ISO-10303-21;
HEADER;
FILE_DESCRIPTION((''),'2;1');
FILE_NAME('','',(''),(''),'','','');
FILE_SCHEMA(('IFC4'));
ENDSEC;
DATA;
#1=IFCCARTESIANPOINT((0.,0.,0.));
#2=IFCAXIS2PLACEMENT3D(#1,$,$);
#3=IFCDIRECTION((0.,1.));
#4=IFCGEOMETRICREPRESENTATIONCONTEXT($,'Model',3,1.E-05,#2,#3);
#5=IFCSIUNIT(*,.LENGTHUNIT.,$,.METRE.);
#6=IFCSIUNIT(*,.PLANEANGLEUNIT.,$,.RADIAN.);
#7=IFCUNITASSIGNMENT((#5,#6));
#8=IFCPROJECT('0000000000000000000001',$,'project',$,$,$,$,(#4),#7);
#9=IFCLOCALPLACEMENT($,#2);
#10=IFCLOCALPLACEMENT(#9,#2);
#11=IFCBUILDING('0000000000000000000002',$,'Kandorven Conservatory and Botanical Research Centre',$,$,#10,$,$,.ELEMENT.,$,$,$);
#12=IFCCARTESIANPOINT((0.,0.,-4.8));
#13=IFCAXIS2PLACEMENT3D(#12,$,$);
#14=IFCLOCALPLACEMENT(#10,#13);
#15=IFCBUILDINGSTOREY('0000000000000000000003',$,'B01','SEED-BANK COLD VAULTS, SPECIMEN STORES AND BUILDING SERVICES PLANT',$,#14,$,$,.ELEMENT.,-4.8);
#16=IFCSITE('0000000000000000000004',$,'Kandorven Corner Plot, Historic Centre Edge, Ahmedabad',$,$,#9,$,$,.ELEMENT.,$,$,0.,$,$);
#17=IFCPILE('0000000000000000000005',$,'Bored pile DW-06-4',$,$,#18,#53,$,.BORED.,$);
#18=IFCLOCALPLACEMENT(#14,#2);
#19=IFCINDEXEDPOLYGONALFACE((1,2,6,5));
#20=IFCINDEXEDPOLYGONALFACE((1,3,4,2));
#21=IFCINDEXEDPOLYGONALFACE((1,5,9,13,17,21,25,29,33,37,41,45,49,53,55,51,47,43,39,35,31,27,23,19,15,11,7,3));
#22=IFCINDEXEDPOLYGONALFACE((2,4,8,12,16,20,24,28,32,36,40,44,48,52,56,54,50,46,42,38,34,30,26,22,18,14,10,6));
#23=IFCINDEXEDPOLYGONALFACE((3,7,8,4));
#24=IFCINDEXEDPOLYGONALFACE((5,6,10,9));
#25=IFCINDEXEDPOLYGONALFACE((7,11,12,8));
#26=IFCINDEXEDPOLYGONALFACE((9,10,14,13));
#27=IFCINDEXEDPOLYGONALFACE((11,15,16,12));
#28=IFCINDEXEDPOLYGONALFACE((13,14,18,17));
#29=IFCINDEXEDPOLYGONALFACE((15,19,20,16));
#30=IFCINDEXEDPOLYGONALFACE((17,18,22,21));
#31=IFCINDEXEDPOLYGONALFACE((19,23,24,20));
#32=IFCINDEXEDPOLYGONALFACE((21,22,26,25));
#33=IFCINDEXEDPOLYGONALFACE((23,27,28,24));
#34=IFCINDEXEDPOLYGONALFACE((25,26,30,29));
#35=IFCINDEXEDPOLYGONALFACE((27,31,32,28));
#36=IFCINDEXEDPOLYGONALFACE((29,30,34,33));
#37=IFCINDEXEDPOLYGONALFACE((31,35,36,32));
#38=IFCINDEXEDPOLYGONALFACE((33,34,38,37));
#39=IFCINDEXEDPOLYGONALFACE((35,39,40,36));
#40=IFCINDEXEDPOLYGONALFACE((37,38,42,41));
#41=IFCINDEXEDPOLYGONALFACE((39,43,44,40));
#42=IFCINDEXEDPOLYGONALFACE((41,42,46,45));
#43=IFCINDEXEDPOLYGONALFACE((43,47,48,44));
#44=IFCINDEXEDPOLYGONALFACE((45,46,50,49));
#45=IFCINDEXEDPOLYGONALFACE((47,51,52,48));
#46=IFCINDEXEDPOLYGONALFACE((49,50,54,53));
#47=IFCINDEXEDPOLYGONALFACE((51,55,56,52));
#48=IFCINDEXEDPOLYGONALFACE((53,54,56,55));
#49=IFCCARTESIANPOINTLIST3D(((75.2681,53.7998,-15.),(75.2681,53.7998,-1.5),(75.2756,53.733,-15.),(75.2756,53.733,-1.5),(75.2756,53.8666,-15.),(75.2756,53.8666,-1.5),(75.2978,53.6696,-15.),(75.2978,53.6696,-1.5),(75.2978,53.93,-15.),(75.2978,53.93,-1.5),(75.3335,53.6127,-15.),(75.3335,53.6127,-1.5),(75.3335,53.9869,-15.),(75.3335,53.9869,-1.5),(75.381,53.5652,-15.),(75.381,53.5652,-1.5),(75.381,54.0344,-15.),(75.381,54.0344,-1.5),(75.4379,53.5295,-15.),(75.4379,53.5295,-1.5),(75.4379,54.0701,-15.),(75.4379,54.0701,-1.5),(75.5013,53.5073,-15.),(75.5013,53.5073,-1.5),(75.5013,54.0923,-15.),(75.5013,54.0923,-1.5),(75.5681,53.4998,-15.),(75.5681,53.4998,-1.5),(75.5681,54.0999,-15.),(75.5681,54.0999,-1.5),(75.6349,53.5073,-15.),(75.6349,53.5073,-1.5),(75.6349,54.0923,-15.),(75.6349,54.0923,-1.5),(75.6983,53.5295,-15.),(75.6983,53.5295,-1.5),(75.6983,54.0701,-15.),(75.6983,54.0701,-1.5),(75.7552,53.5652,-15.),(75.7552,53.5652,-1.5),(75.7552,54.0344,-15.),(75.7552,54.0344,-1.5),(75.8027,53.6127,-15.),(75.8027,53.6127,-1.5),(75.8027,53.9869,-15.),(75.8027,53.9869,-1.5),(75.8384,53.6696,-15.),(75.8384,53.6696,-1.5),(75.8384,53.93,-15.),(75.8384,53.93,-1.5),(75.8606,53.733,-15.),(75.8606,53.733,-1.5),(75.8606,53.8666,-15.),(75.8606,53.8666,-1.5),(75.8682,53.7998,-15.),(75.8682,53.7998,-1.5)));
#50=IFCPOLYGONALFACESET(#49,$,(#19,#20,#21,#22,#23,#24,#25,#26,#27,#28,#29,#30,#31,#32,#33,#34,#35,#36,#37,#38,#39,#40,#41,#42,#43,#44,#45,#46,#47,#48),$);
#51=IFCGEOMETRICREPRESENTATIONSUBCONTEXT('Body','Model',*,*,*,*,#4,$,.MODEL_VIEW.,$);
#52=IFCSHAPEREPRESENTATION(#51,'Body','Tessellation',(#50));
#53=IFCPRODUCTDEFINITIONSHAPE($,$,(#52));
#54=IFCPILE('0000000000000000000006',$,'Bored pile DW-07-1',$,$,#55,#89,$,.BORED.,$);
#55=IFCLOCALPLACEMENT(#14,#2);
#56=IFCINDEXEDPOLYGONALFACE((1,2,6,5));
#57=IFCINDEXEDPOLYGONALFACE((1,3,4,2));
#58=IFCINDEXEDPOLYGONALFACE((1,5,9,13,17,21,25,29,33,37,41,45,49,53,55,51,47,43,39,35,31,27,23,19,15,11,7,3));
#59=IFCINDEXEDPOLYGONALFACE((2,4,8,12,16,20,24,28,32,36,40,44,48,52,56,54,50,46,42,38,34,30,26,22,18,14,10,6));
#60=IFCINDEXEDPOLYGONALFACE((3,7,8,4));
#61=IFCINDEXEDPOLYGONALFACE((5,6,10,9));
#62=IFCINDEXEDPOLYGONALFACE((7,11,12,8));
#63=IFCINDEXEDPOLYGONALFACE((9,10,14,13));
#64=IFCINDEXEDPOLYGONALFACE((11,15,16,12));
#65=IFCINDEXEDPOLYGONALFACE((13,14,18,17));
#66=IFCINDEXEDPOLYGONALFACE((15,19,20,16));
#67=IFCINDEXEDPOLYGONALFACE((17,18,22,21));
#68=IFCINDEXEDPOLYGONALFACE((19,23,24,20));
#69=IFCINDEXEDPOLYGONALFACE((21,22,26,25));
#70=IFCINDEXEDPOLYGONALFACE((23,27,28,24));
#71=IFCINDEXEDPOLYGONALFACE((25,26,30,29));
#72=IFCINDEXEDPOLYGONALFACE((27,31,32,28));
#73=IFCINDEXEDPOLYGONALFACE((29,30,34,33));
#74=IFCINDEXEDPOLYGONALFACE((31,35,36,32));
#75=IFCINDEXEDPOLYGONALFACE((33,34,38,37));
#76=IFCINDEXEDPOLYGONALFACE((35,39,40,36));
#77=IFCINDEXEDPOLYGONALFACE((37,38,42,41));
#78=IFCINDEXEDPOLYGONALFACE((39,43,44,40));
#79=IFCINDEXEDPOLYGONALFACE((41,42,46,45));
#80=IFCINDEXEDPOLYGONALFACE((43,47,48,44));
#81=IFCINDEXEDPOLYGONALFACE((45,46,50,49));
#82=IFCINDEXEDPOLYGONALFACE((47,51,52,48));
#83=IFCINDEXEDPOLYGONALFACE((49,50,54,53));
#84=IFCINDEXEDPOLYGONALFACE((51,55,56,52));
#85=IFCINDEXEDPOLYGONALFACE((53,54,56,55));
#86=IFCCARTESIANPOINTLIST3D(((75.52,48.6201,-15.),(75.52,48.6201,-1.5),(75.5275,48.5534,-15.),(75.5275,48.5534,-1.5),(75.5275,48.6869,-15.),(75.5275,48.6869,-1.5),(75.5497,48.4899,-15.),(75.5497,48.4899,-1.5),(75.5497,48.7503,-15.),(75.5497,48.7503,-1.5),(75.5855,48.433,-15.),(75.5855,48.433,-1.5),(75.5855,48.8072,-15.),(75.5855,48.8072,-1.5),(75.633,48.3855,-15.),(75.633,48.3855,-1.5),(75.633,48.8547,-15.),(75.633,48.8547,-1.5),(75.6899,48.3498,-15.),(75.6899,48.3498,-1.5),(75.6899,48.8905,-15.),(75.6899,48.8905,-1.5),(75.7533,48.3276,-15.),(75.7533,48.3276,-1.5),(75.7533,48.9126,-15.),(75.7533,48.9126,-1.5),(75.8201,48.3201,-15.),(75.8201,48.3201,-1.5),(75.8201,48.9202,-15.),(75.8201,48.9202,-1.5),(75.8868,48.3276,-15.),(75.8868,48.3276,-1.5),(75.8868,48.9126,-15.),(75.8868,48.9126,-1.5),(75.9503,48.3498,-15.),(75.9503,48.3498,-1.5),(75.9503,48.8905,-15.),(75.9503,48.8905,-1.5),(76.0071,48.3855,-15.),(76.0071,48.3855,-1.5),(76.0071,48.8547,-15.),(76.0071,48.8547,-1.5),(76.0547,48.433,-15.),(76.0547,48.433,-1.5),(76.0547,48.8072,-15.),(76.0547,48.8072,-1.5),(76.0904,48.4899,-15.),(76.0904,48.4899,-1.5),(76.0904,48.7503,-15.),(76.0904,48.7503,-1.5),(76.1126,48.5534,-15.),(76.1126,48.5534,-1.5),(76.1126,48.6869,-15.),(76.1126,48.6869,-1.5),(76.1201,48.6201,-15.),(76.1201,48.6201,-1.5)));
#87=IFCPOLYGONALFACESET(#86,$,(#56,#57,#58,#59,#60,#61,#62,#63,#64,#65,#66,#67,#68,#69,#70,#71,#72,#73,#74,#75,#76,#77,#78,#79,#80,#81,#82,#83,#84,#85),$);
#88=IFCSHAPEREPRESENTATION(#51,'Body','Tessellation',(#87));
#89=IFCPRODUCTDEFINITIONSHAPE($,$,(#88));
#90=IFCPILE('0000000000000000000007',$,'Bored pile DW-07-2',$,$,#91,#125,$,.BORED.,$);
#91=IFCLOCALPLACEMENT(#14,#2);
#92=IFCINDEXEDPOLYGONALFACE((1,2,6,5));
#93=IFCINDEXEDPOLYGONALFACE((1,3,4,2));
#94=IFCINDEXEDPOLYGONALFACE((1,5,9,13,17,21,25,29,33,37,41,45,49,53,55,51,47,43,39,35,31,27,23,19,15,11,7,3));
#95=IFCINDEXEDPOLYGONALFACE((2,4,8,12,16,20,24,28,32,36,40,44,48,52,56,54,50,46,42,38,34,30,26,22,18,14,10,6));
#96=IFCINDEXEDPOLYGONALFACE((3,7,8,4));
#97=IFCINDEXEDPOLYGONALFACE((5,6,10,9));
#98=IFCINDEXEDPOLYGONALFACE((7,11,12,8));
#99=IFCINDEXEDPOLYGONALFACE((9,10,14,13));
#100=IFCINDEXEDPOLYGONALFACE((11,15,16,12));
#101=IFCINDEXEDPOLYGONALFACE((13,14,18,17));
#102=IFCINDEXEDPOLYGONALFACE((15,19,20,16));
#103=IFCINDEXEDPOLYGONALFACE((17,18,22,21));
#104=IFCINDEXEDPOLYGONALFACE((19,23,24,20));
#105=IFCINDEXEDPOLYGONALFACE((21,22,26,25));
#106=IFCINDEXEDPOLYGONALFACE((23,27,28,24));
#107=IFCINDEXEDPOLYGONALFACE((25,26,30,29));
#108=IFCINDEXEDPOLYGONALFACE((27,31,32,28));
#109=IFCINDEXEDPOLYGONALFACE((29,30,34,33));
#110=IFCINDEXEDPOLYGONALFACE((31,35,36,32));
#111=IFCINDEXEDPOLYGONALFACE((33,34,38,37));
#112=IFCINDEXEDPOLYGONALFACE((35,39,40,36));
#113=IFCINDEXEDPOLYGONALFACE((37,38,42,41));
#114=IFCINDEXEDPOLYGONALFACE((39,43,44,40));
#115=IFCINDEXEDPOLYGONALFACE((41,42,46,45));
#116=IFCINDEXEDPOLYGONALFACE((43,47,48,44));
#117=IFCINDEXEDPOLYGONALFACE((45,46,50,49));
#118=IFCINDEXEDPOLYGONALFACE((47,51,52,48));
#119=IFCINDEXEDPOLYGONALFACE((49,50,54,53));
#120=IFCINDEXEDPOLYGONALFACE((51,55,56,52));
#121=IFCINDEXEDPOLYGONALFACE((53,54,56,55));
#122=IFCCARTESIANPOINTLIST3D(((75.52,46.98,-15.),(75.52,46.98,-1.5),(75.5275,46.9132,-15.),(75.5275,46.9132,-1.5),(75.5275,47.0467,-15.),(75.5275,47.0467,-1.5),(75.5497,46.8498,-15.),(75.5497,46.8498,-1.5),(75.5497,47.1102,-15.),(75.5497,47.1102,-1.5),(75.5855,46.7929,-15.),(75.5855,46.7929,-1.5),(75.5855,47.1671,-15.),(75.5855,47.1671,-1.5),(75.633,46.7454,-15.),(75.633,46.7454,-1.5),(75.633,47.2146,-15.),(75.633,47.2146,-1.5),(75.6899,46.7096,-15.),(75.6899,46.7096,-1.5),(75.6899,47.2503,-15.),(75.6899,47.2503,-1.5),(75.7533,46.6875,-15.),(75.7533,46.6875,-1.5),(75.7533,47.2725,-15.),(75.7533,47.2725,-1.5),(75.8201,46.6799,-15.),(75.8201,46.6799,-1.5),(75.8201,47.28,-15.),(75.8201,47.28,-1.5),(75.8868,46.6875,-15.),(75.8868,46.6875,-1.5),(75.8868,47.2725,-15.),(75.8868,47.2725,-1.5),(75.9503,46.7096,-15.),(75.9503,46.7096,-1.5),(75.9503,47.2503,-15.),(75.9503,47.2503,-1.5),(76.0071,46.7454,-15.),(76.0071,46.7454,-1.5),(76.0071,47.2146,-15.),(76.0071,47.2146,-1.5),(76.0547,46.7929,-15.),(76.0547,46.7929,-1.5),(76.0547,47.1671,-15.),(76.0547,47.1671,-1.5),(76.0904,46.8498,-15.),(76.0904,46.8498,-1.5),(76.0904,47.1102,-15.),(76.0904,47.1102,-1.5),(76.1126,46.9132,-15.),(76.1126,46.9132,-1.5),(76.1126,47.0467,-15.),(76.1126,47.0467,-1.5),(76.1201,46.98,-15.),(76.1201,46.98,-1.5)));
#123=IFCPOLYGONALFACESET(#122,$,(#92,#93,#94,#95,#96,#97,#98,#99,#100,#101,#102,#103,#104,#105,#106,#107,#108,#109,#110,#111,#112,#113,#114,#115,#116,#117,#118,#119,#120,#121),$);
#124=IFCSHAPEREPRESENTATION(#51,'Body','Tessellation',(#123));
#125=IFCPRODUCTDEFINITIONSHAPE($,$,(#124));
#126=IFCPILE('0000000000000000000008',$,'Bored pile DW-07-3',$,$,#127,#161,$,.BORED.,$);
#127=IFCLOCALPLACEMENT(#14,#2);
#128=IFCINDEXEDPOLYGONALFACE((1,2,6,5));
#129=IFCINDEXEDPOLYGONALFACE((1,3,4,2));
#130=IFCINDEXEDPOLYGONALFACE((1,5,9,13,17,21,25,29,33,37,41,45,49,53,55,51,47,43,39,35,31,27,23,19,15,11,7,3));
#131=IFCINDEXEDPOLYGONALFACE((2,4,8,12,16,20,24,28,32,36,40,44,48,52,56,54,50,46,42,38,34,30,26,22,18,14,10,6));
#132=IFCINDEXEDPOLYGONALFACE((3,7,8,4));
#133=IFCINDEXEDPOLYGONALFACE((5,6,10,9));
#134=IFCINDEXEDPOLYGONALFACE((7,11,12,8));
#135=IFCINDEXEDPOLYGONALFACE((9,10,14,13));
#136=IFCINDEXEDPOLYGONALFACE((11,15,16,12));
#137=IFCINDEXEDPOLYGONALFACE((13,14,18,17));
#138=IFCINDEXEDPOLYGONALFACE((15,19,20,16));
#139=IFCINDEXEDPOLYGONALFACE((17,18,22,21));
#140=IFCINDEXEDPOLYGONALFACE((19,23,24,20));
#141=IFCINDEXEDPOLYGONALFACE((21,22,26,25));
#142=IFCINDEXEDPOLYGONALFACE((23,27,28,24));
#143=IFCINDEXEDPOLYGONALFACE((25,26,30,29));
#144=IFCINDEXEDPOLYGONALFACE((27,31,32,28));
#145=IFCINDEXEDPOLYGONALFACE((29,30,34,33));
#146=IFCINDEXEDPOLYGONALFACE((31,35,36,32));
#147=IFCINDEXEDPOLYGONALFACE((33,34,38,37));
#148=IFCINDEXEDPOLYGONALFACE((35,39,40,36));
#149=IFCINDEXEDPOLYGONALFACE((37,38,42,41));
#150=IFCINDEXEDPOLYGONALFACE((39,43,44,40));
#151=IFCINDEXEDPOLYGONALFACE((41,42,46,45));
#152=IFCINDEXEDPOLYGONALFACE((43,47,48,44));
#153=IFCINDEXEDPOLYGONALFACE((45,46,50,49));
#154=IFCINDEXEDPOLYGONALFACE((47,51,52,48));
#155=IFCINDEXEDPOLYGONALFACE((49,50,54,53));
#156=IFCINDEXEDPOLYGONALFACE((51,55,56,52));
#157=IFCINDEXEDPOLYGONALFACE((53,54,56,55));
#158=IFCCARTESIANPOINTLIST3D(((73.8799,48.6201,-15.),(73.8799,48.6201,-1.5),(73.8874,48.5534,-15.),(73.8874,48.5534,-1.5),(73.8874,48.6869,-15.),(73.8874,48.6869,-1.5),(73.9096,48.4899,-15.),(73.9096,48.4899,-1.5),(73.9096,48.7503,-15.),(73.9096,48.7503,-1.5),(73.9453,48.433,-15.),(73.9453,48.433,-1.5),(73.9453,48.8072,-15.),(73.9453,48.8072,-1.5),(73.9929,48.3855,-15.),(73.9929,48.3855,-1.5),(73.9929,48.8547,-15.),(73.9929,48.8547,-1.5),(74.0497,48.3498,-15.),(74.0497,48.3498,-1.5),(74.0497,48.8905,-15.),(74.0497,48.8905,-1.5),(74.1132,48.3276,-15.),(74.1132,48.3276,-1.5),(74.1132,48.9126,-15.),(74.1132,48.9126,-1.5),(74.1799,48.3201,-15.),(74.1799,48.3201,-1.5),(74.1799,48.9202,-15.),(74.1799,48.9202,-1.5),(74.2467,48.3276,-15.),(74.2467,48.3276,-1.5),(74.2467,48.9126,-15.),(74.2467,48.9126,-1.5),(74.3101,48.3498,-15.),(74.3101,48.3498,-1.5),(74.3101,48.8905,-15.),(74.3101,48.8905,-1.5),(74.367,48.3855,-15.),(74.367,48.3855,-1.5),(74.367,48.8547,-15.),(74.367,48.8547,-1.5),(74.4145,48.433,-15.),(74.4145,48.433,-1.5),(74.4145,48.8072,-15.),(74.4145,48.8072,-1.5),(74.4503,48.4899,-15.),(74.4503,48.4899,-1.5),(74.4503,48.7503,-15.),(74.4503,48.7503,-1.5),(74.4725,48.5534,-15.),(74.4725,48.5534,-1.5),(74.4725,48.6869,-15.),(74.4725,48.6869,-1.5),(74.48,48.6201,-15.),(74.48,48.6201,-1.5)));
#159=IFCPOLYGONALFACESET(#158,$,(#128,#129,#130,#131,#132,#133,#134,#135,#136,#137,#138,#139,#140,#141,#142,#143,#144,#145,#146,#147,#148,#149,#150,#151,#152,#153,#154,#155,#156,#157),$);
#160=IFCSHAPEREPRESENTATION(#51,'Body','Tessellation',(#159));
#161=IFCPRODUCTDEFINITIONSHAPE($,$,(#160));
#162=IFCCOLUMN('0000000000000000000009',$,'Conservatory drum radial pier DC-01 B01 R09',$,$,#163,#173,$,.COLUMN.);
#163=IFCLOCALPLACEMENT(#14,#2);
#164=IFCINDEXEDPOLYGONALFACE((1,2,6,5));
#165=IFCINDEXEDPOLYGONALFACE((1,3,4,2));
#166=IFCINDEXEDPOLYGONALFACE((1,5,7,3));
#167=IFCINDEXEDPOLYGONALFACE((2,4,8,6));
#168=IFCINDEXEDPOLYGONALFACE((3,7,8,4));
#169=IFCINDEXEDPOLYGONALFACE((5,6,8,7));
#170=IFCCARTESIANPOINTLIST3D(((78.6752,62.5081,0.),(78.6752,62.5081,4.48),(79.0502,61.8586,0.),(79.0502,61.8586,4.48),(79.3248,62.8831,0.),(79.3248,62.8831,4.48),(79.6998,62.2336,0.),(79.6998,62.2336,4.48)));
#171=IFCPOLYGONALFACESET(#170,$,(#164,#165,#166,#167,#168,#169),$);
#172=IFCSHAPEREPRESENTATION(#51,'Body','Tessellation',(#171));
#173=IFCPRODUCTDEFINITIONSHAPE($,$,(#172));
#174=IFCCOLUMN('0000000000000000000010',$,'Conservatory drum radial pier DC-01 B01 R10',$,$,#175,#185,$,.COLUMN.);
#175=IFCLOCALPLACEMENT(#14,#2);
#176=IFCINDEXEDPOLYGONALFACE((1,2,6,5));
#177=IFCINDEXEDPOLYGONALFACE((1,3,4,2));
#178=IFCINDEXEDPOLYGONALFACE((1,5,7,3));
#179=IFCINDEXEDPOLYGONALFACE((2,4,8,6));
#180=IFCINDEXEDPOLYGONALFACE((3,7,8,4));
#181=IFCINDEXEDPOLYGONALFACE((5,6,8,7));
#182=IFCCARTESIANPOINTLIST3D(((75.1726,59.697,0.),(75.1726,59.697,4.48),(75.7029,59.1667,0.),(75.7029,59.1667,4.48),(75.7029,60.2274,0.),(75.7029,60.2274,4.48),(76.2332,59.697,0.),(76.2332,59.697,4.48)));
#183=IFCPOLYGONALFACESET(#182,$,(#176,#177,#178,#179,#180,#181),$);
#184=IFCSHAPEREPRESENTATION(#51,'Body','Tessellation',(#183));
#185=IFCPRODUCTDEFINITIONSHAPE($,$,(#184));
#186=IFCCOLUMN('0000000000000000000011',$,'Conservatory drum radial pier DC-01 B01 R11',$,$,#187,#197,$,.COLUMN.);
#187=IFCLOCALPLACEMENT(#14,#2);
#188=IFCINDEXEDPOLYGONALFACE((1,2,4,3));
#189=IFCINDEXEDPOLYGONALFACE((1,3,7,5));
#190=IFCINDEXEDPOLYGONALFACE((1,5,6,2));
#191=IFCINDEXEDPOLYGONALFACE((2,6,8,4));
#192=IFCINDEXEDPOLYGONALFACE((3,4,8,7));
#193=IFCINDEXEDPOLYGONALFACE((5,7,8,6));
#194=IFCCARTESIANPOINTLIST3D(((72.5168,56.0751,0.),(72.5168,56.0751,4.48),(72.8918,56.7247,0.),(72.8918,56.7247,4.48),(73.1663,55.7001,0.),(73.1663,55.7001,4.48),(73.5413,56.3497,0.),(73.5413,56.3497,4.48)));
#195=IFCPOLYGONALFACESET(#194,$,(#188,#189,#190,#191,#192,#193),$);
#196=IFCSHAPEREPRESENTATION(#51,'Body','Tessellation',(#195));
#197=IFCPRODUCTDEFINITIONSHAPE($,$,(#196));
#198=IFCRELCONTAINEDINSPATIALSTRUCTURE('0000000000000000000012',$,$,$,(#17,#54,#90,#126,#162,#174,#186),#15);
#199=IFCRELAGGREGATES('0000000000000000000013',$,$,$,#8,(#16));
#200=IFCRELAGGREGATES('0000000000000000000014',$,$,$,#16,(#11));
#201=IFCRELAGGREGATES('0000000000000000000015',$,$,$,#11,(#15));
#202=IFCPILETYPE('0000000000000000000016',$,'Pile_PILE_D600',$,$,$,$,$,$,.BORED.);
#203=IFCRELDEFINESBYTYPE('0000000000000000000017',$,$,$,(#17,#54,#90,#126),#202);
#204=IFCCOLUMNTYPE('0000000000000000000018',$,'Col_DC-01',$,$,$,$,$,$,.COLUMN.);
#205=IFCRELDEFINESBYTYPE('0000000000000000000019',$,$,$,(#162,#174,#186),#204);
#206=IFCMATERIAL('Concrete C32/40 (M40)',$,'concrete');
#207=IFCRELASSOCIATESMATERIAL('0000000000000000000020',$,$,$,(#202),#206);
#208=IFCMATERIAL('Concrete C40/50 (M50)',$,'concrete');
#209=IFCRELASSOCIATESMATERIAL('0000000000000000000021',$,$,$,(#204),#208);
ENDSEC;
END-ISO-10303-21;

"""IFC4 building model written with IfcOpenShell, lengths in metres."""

from ifc_helpers import new_model, si_unit, direction, frame, origin, origin_2d, place, context, subcontext, project, spatial, rectangle, circle, extrude, material, material_profile, profile_set, type_object, element, save


model = new_model("IFC4")

# Units and contexts
model_context = context("Model", 3, precision=1e-05, world=origin(), true_north=direction((0.0, 1.0)))
body_context = subcontext(model_context, "Body", "Model", "MODEL_VIEW")
ifc_project = project(units=[si_unit("LENGTHUNIT", "METRE"), si_unit("PLANEANGLEUNIT", "RADIAN")], contexts=[model_context])

# Site, building, storey
site_placement = place(None, origin())
site = spatial("IfcSite", under=ifc_project, at=site_placement, Name="Kandorven Corner Plot, Historic Centre Edge, Ahmedabad", CompositionType="ELEMENT", RefElevation=0.0)
building_placement = place(site_placement, origin())
building = spatial("IfcBuilding", under=site, at=building_placement, Name="Kandorven Conservatory and Botanical Research Centre", CompositionType="ELEMENT")
storey_placement = place(building_placement, frame((0.0, 0.0, -4.8)))
storey = spatial("IfcBuildingStorey", under=building, at=storey_placement, Name="B01", Description="SEED-BANK COLD VAULTS, SPECIMEN STORES AND BUILDING SERVICES PLANT", CompositionType="ELEMENT", Elevation=-4.8)

# Piles
ifc_material_1 = material(Name="Concrete C32/40 (M40)", Category="concrete")
ifc_material_profile_1 = material_profile(ifc_material_1, circle(Radius=0.3, at=origin_2d()))
ifc_profile_set_1 = profile_set([ifc_material_profile_1], Name="Concrete C32/40 (M40)")
pile_type = type_object("IfcPileType", Name="Pile_PILE_D600", PredefinedType="BORED", material=ifc_profile_set_1)
for number, where, z_axis, x_axis, name in (
    (1, (75.5681, 53.7998, -1.5), (0.0, 0.0, -1.0), (1.0, 0.0, 0.0), "Bored pile DW-06-4"),
    (2, (75.8201, 48.6201, -1.5), (0.0, 0.0, -1.0), (1.0, 0.0, 0.0), "Bored pile DW-07-1"),
    (3, (75.8201, 46.98, -1.5), (0.0, 0.0, -1.0), (1.0, 0.0, 0.0), "Bored pile DW-07-2"),
    (4, (74.1799, 48.6201, -1.5), (0.0, 0.0, -1.0), (1.0, 0.0, 0.0), "Bored pile DW-07-3"),
):
    element("IfcPile", number, at=place(storey_placement, frame(where, z_axis=z_axis, x_axis=x_axis)), inside=storey, type_object=pile_type, Name=name, PredefinedType="BORED", context=body_context, shape_type="SweptSolid", body=[
        extrude(circle(Radius=0.3, at=origin_2d()), origin(), (0.0, 0.0, 1.0), 13.5),
    ])

# Columns
ifc_material_2 = material(Name="Concrete C40/50 (M50)", Category="concrete")
ifc_material_profile_2 = material_profile(ifc_material_2, rectangle(XDim=0.75, YDim=0.75, at=origin_2d()))
ifc_profile_set_2 = profile_set([ifc_material_profile_2], Name="Concrete C40/50 (M50)")
column_type_1 = type_object("IfcColumnType", Name="Col_DC-01", PredefinedType="COLUMN", material=ifc_profile_set_2)
for number, where, z_axis, x_axis, name in (
    (5, (79.1875, 62.3708, 0.0), (0.0, 0.0, 1.0), (-0.5, 0.866025, 0.0), "Conservatory drum radial pier DC-01 B01 R09"),
    (6, (75.7029, 59.697, 0.0), (0.0, 0.0, 1.0), (-0.707107, 0.707107, 0.0), "Conservatory drum radial pier DC-01 B01 R10"),
    (7, (73.0291, 56.2124, 0.0), (0.0, 0.0, 1.0), (-0.866025, 0.5, 0.0), "Conservatory drum radial pier DC-01 B01 R11"),
):
    element("IfcColumn", number, at=place(storey_placement, frame(where, z_axis=z_axis, x_axis=x_axis)), inside=storey, type_object=column_type_1, Name=name, PredefinedType="COLUMN", context=body_context, shape_type="SweptSolid", body=[
        extrude(rectangle(XDim=0.75, YDim=0.75, at=origin_2d()), origin(), (0.0, 0.0, 1.0), 4.48),
    ])

save(model, "model.ifc")
